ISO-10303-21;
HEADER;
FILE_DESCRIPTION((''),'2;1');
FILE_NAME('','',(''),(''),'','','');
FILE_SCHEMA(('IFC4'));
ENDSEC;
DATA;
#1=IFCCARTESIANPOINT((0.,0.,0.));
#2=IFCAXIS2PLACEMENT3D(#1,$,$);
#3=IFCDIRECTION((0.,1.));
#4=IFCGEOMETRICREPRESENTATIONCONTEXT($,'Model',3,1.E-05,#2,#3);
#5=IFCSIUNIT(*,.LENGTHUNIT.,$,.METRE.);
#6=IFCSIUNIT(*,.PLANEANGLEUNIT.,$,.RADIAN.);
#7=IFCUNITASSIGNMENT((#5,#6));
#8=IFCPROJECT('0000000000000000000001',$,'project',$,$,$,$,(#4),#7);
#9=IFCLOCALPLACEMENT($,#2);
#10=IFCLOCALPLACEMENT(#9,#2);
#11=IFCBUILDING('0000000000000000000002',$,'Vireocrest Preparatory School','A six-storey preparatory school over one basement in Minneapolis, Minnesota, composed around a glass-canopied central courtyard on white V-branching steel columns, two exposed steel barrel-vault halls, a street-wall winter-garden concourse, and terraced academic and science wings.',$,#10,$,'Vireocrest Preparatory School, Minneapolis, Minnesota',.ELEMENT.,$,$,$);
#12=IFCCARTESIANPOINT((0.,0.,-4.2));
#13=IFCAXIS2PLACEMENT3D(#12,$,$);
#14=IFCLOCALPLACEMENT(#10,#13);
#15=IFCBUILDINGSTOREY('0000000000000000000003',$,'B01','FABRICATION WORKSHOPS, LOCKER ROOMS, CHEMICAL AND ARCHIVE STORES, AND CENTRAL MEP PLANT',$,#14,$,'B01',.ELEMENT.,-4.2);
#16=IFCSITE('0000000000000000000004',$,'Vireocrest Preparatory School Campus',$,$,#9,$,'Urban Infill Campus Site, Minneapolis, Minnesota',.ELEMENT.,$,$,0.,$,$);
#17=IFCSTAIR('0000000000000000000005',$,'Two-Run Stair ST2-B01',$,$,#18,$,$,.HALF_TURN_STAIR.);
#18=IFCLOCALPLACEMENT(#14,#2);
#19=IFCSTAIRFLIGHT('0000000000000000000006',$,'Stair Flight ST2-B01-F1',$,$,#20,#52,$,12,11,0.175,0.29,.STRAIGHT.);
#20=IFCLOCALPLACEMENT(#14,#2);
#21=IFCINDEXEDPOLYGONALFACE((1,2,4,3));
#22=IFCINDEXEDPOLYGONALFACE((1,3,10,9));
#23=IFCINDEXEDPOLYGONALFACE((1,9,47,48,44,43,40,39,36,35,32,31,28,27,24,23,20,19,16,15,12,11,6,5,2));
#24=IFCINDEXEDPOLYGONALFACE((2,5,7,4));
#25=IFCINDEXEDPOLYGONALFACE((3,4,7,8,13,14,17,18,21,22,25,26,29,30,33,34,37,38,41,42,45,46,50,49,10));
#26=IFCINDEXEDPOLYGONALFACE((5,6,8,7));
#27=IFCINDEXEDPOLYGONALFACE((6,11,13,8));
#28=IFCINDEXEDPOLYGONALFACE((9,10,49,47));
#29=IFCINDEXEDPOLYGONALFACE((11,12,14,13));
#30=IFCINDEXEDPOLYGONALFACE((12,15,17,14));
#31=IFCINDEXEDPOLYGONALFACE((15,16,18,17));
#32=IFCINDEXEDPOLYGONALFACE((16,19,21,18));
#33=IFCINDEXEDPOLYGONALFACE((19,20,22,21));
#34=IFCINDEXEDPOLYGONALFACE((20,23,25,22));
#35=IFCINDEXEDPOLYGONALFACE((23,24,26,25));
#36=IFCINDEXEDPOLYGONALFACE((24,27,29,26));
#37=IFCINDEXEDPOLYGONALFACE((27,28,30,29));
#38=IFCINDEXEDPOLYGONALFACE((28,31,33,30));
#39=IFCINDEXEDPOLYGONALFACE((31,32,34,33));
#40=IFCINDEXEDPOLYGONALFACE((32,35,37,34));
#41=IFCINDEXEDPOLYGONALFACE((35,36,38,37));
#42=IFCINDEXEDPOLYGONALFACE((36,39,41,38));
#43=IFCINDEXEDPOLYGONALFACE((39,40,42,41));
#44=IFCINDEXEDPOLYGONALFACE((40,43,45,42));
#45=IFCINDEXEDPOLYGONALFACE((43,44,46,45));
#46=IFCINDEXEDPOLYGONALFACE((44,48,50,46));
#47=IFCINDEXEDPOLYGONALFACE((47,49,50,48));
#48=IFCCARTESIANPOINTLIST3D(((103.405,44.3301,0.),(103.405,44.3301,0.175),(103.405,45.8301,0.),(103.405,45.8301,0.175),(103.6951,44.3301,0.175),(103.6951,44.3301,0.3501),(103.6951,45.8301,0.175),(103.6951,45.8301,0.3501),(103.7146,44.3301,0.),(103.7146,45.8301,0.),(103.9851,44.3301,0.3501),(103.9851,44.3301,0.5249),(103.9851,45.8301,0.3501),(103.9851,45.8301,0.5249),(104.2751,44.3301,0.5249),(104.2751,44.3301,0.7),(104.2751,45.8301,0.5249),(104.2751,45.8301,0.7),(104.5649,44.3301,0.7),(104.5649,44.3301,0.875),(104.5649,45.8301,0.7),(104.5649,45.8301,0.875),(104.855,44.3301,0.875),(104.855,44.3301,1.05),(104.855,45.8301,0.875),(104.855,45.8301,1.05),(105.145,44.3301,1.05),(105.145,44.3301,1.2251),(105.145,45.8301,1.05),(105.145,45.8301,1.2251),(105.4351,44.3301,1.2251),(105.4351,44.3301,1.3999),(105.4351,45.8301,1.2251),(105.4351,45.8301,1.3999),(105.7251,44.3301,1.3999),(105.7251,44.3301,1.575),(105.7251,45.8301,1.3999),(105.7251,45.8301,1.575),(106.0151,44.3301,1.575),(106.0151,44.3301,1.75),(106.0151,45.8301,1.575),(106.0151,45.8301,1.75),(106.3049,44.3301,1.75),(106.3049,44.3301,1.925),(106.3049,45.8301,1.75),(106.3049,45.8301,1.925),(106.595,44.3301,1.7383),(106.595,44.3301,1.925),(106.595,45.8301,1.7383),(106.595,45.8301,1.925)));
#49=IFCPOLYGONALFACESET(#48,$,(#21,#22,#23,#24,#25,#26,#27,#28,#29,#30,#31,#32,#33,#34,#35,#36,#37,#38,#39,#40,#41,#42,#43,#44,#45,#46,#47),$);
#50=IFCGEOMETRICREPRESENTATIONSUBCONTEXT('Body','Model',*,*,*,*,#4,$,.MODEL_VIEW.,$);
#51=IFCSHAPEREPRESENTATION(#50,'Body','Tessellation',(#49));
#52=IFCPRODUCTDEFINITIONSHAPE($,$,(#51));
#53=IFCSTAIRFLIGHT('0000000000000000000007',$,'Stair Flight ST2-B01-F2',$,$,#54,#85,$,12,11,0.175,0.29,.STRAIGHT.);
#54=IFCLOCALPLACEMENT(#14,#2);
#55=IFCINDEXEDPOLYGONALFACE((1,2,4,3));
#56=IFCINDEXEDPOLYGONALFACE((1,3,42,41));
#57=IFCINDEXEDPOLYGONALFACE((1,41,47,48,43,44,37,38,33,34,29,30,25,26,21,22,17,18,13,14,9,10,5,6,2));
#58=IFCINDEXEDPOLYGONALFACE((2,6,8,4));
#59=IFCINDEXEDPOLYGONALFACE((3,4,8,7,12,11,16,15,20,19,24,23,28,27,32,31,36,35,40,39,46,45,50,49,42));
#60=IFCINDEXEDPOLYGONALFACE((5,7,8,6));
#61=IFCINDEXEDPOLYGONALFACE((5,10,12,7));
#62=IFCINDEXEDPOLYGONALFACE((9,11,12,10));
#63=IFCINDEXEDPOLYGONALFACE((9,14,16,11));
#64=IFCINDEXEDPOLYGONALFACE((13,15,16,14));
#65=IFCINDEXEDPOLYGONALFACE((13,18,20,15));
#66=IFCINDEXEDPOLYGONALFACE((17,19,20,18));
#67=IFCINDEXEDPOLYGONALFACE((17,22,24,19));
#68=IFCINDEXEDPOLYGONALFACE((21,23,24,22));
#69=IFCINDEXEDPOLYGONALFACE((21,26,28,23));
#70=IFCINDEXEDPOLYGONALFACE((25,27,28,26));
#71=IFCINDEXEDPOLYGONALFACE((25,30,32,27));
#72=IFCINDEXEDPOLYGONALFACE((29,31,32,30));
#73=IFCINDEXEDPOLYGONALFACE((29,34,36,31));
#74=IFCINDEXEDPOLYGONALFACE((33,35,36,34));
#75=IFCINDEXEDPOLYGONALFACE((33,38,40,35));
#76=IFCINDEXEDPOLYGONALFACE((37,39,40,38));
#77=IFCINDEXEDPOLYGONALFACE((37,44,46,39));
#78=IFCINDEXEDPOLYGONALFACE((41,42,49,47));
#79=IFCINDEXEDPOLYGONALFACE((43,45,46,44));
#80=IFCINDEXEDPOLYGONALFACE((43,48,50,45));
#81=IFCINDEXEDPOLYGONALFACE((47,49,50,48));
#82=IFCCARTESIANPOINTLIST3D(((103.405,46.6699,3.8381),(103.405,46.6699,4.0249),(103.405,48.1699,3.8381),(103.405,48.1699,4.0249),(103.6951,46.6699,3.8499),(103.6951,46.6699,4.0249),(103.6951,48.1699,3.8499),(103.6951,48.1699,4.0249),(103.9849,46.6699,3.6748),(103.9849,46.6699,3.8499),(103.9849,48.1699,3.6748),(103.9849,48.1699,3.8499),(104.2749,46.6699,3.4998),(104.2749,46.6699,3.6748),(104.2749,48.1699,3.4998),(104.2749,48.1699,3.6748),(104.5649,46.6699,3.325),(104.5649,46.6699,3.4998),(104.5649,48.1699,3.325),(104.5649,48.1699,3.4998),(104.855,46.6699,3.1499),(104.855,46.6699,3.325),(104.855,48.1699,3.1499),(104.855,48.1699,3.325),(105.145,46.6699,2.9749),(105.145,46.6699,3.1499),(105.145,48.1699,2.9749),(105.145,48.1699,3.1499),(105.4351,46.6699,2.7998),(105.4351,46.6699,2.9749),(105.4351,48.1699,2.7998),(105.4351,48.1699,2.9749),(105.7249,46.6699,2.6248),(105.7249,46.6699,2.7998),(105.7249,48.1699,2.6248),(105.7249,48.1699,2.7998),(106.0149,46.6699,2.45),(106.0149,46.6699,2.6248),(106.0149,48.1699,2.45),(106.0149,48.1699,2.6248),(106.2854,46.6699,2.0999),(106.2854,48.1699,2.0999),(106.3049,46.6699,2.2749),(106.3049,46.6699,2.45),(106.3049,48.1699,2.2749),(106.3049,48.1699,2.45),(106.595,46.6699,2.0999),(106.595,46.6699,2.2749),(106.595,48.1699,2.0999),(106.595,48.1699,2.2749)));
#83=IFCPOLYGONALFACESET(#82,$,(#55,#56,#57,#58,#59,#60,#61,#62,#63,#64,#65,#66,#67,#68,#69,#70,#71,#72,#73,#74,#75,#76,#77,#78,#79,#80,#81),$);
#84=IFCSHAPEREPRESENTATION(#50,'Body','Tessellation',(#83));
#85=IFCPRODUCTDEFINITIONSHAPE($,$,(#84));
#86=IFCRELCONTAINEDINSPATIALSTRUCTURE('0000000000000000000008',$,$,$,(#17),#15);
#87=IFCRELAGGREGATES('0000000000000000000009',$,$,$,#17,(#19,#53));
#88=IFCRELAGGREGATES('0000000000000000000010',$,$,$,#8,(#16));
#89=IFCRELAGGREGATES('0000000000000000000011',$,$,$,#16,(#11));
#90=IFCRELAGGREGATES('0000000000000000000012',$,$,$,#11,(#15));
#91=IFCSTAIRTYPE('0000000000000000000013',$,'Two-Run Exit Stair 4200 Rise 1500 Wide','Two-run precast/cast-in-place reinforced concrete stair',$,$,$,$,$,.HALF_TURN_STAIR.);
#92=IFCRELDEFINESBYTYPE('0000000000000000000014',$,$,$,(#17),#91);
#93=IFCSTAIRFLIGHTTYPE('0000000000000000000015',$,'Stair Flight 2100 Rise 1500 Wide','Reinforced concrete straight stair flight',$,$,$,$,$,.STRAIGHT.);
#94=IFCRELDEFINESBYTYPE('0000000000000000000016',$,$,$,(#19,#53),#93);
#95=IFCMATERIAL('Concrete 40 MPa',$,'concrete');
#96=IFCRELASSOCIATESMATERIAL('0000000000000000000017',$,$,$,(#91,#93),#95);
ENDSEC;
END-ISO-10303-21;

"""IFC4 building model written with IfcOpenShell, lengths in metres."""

from ifc_helpers import new_model, si_unit, direction, frame, origin, place, context, subcontext, project, spatial, polyline, outline, extrude, material, type_object, element, aggregate, save


model = new_model("IFC4")

# Units and contexts
model_context = context("Model", 3, precision=1e-05, world=origin(), true_north=direction((0.0, 1.0)))
body_context = subcontext(model_context, "Body", "Model", "MODEL_VIEW")
ifc_project = project(units=[si_unit("LENGTHUNIT", "METRE"), si_unit("PLANEANGLEUNIT", "RADIAN")], contexts=[model_context])

# Site, building, storey
site_placement = place(None, origin())
site = spatial("IfcSite", under=ifc_project, at=site_placement, Name="Vireocrest Preparatory School Campus", LongName="Urban Infill Campus Site, Minneapolis, Minnesota", CompositionType="ELEMENT", RefElevation=0.0)
building_placement = place(site_placement, origin())
building = spatial("IfcBuilding", under=site, at=building_placement, Name="Vireocrest Preparatory School", Description="A six-storey preparatory school over one basement in Minneapolis, Minnesota, composed around a glass-canopied central courtyard on white V-branching steel columns, two exposed steel barrel-vault halls, a street-wall winter-garden concourse, and terraced academic and science wings.", LongName="Vireocrest Preparatory School, Minneapolis, Minnesota", CompositionType="ELEMENT")
storey_placement = place(building_placement, frame((0.0, 0.0, -4.2)))
storey = spatial("IfcBuildingStorey", under=building, at=storey_placement, Name="B01", Description="FABRICATION WORKSHOPS, LOCKER ROOMS, CHEMICAL AND ARCHIVE STORES, AND CENTRAL MEP PLANT", LongName="B01", CompositionType="ELEMENT", Elevation=-4.2)

# Shared definitions
ifc_material_1 = material(Name="Concrete 40 MPa", Category="concrete")

# Stair, stair flights
stair_type = type_object("IfcStairType", Name="Two-Run Exit Stair 4200 Rise 1500 Wide", Description="Two-run precast/cast-in-place reinforced concrete stair", PredefinedType="HALF_TURN_STAIR", material=ifc_material_1)
stair_placement = place(storey_placement, origin())
stair = element("IfcStair", 1, at=stair_placement, inside=storey, type_object=stair_type, Name="Two-Run Stair ST2-B01", PredefinedType="HALF_TURN_STAIR")
stair_flight_type = type_object("IfcStairFlightType", Name="Stair Flight 2100 Rise 1500 Wide", Description="Reinforced concrete straight stair flight", PredefinedType="STRAIGHT", material=ifc_material_1)
stair_flight_1_placement = place(storey_placement, frame((103.405, 45.0801, 0.0), z_axis=(0.0, 0.0, 1.0), x_axis=(1.0, 0.0, 0.0)))
stair_flight_1 = element("IfcStairFlight", 2, at=stair_flight_1_placement, type_object=stair_flight_type, Name="Stair Flight ST2-B01-F1", NumberOfRisers=12, NumberOfTreads=11, PredefinedType="STRAIGHT", RiserHeight=0.175, TreadLength=0.29, context=body_context, shape_type="SweptSolid", body=[
    extrude(outline(polyline([(0.0, 0.0), (0.0, 0.175), (0.29, 0.175), (0.29, 0.3501), (0.5801, 0.3501), (0.5801, 0.5249), (0.8701, 0.5249), (0.8701, 0.7), (1.1599, 0.7), (1.1599, 0.875), (1.45, 0.875), (1.45, 1.05), (1.74, 1.05), (1.74, 1.2251), (2.03, 1.2251), (2.03, 1.3999), (2.3201, 1.3999), (2.3201, 1.575), (2.6101, 1.575), (2.6101, 1.75), (2.8999, 1.75), (2.8999, 1.925), (3.1899, 1.925), (3.1899, 2.1001), (3.1899, 1.7383), (0.3096, 0.0), (0.0, 0.0)])), frame((0.0, 0.75, 0.0), z_axis=(0.0, -1.0, 0.0), x_axis=(1.0, 0.0, 0.0)), (0.0, 0.0, 1.0), 1.5),
])
stair_flight_2_placement = place(storey_placement, frame((106.595, 47.4199, 2.0999), z_axis=(0.0, 0.0, 1.0), x_axis=(-1.0, 0.0, 0.0)))
stair_flight_2 = element("IfcStairFlight", 3, at=stair_flight_2_placement, type_object=stair_flight_type, Name="Stair Flight ST2-B01-F2", NumberOfRisers=12, NumberOfTreads=11, PredefinedType="STRAIGHT", RiserHeight=0.175, TreadLength=0.29, context=body_context, shape_type="SweptSolid", body=[
    extrude(outline(polyline([(0.0, 0.0), (0.0, 0.175), (0.29, 0.175), (0.29, 0.3501), (0.5801, 0.3501), (0.5801, 0.5249), (0.8701, 0.5249), (0.8701, 0.7), (1.1599, 0.7), (1.1599, 0.875), (1.45, 0.875), (1.45, 1.05), (1.74, 1.05), (1.74, 1.2251), (2.03, 1.2251), (2.03, 1.3999), (2.3201, 1.3999), (2.3201, 1.575), (2.6101, 1.575), (2.6101, 1.75), (2.8999, 1.75), (2.8999, 1.925), (3.1899, 1.925), (3.1899, 2.1001), (3.1899, 1.7383), (0.3096, 0.0), (0.0, 0.0)])), frame((0.0, 0.75, 0.0), z_axis=(0.0, -1.0, 0.0), x_axis=(1.0, 0.0, 0.0)), (0.0, 0.0, 1.0), 1.5),
])
aggregate(stair, [stair_flight_1, stair_flight_2])

save(model, "model.ifc")
